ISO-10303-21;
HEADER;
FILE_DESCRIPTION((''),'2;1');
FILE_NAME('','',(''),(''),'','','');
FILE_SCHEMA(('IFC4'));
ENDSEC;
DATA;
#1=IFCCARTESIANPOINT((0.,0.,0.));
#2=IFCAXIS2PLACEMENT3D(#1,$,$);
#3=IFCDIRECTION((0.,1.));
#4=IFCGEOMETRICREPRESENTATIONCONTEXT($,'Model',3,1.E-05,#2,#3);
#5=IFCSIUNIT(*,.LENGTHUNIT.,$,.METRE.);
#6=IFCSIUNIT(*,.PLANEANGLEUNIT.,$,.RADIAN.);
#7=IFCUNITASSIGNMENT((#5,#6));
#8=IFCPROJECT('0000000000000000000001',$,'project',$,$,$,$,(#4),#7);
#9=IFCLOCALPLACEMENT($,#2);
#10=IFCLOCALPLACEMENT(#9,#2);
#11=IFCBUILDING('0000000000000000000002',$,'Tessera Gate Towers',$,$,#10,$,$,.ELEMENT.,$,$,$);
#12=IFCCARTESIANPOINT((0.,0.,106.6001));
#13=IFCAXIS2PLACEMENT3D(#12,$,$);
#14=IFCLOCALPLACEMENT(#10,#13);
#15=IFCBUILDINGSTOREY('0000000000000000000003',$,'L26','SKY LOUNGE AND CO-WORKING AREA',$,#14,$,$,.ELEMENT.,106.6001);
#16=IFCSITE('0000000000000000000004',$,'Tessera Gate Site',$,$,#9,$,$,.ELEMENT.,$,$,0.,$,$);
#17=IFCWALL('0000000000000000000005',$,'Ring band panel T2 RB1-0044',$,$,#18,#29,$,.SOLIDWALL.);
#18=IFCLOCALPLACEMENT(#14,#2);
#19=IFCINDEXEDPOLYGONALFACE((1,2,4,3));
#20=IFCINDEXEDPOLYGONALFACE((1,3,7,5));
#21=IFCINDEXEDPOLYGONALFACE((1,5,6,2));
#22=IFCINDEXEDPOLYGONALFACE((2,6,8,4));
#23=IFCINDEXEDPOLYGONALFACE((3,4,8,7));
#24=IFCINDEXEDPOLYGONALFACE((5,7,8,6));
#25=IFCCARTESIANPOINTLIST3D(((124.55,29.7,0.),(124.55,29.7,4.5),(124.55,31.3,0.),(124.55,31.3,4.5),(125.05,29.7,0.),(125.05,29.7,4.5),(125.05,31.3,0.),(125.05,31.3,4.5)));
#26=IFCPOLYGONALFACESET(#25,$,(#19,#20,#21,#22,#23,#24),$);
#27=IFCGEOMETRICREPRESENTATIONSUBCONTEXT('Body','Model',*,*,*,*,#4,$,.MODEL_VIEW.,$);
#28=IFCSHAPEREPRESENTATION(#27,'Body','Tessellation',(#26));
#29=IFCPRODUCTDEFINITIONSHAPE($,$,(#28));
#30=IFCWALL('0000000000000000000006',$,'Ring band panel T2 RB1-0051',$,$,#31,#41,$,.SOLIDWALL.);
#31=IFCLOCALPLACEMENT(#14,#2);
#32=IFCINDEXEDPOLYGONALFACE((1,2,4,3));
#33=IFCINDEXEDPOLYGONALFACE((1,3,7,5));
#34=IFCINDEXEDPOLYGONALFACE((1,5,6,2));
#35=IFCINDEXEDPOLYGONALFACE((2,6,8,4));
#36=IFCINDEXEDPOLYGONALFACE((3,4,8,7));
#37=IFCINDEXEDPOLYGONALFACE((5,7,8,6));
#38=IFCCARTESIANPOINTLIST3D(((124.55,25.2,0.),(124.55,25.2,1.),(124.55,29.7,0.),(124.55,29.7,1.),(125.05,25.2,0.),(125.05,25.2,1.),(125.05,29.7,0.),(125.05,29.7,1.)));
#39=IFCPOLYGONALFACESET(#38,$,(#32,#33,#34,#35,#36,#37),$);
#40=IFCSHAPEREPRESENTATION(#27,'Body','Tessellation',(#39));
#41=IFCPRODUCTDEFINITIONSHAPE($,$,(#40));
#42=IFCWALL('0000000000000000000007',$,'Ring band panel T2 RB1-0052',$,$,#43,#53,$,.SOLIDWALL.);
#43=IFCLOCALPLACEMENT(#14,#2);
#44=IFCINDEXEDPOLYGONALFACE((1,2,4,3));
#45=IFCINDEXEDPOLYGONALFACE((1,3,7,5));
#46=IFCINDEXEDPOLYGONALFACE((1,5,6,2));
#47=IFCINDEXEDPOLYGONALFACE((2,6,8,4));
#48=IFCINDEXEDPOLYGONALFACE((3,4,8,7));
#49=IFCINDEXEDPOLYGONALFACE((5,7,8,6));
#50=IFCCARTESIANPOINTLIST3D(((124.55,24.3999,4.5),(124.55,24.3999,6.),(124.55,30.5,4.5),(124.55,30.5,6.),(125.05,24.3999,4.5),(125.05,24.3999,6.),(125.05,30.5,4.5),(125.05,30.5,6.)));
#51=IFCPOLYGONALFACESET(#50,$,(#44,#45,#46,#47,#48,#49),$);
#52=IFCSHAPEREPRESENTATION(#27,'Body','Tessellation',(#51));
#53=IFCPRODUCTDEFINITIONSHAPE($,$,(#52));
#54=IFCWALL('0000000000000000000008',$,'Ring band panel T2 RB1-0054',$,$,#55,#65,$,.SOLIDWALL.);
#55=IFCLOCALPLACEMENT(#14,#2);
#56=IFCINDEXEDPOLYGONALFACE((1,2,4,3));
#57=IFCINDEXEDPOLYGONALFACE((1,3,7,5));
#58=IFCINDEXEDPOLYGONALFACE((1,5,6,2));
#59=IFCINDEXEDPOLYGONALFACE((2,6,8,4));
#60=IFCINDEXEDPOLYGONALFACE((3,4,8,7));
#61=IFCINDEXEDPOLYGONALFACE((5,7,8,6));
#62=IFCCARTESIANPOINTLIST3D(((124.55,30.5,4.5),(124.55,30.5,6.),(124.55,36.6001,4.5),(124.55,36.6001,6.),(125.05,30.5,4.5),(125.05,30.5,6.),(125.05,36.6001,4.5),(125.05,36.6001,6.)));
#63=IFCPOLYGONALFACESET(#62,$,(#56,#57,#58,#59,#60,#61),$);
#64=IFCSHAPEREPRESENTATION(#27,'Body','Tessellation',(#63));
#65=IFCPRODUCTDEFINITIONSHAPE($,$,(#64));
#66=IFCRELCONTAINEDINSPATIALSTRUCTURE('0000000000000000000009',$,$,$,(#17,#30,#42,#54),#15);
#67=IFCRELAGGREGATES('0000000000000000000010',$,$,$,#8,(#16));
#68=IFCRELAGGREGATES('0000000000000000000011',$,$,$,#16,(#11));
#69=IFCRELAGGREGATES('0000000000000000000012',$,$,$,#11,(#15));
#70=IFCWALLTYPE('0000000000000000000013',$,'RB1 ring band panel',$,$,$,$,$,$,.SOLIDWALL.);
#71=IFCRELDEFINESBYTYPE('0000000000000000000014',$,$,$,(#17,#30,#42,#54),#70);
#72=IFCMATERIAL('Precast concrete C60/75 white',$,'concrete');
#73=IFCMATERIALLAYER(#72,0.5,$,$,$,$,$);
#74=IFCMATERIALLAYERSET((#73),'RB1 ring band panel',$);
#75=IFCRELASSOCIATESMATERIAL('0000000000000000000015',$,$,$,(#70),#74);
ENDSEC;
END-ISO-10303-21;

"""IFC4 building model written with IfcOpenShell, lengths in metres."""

from ifc_helpers import new_model, si_unit, direction, frame, origin, place, context, subcontext, project, spatial, polyline, outline, extrude, source, transform, mapped, material, layer, layer_set, type_object, element, save


model = new_model("IFC4")

# Units and contexts
model_context = context("Model", 3, precision=1e-05, world=origin(), true_north=direction((0.0, 1.0)))
body_context = subcontext(model_context, "Body", "Model", "MODEL_VIEW")
ifc_project = project(units=[si_unit("LENGTHUNIT", "METRE"), si_unit("PLANEANGLEUNIT", "RADIAN")], contexts=[model_context])

# Site, building, storey
site_placement = place(None, origin())
site = spatial("IfcSite", under=ifc_project, at=site_placement, Name="Tessera Gate Site", CompositionType="ELEMENT", RefElevation=0.0)
building_placement = place(site_placement, origin())
building = spatial("IfcBuilding", under=site, at=building_placement, Name="Tessera Gate Towers", CompositionType="ELEMENT")
storey_placement = place(building_placement, frame((0.0, 0.0, 106.6001)))
storey = spatial("IfcBuildingStorey", under=building, at=storey_placement, Name="L26", Description="SKY LOUNGE AND CO-WORKING AREA", CompositionType="ELEMENT", Elevation=106.6001)

# Walls
ifc_material_1 = material(Name="Precast concrete C60/75 white", Category="concrete")
ifc_layer_1 = layer(ifc_material_1, 0.5)
ifc_layer_set_1 = layer_set([ifc_layer_1], Name="RB1 ring band panel")
wall_type = type_object("IfcWallType", Name="RB1 ring band panel", PredefinedType="SOLIDWALL", material=ifc_layer_set_1)
shared_shape_1 = source(origin(), body_context, "Body", "SweptSolid", [
    extrude(outline(polyline([(0.0, 0.0), (1.6001, 0.0), (1.6001, 4.5), (0.0, 4.5), (0.0, 0.0)])), frame((0.0, 0.25, 0.0), z_axis=(0.0, -1.0, 0.0), x_axis=(1.0, 0.0, 0.0)), (0.0, 0.0, 1.0), 0.5),
])
wall_1_placement = place(storey_placement, frame((124.8, 29.7, 0.0), z_axis=(0.0, 0.0, 1.0), x_axis=(0.0, 1.0, 0.0)))
element("IfcWall", 1, at=wall_1_placement, inside=storey, type_object=wall_type, Name="Ring band panel T2 RB1-0044", PredefinedType="SOLIDWALL", context=body_context, shape_type="MappedRepresentation", body=[
    mapped(shared_shape_1, transform((0.0, 0.0, 0.0), scale=1.0)),
])
shared_shape_2 = source(origin(), body_context, "Body", "SweptSolid", [
    extrude(outline(polyline([(0.0, 0.0), (4.5, 0.0), (4.5, 1.0), (0.0, 1.0), (0.0, 0.0)])), frame((0.0, 0.25, 0.0), z_axis=(0.0, -1.0, 0.0), x_axis=(1.0, 0.0, 0.0)), (0.0, 0.0, 1.0), 0.5),
])
wall_2_placement = place(storey_placement, frame((124.8, 25.2, 0.0), z_axis=(0.0, 0.0, 1.0), x_axis=(0.0, 1.0, 0.0)))
element("IfcWall", 2, at=wall_2_placement, inside=storey, type_object=wall_type, Name="Ring band panel T2 RB1-0051", PredefinedType="SOLIDWALL", context=body_context, shape_type="MappedRepresentation", body=[
    mapped(shared_shape_2, transform((0.0, 0.0, 0.0), scale=1.0)),
])
shared_shape_3 = source(origin(), body_context, "Body", "SweptSolid", [
    extrude(outline(polyline([(0.0, 0.0), (6.1001, 0.0), (6.1001, 1.5), (0.0, 1.5), (0.0, 0.0)])), frame((0.0, 0.25, 0.0), z_axis=(0.0, -1.0, 0.0), x_axis=(1.0, 0.0, 0.0)), (0.0, 0.0, 1.0), 0.5),
])
for number, where, z_axis, x_axis, name in (
    (3, (124.8, 24.3999, 4.5), (0.0, 0.0, 1.0), (0.0, 1.0, 0.0), "Ring band panel T2 RB1-0052"),
    (4, (124.8, 30.5, 4.5), (0.0, 0.0, 1.0), (0.0, 1.0, 0.0), "Ring band panel T2 RB1-0054"),
):
    element("IfcWall", number, at=place(storey_placement, frame(where, z_axis=z_axis, x_axis=x_axis)), inside=storey, type_object=wall_type, Name=name, PredefinedType="SOLIDWALL", context=body_context, shape_type="MappedRepresentation", body=[
        mapped(shared_shape_3, transform((0.0, 0.0, 0.0), scale=1.0)),
    ])

save(model, "model.ifc")
